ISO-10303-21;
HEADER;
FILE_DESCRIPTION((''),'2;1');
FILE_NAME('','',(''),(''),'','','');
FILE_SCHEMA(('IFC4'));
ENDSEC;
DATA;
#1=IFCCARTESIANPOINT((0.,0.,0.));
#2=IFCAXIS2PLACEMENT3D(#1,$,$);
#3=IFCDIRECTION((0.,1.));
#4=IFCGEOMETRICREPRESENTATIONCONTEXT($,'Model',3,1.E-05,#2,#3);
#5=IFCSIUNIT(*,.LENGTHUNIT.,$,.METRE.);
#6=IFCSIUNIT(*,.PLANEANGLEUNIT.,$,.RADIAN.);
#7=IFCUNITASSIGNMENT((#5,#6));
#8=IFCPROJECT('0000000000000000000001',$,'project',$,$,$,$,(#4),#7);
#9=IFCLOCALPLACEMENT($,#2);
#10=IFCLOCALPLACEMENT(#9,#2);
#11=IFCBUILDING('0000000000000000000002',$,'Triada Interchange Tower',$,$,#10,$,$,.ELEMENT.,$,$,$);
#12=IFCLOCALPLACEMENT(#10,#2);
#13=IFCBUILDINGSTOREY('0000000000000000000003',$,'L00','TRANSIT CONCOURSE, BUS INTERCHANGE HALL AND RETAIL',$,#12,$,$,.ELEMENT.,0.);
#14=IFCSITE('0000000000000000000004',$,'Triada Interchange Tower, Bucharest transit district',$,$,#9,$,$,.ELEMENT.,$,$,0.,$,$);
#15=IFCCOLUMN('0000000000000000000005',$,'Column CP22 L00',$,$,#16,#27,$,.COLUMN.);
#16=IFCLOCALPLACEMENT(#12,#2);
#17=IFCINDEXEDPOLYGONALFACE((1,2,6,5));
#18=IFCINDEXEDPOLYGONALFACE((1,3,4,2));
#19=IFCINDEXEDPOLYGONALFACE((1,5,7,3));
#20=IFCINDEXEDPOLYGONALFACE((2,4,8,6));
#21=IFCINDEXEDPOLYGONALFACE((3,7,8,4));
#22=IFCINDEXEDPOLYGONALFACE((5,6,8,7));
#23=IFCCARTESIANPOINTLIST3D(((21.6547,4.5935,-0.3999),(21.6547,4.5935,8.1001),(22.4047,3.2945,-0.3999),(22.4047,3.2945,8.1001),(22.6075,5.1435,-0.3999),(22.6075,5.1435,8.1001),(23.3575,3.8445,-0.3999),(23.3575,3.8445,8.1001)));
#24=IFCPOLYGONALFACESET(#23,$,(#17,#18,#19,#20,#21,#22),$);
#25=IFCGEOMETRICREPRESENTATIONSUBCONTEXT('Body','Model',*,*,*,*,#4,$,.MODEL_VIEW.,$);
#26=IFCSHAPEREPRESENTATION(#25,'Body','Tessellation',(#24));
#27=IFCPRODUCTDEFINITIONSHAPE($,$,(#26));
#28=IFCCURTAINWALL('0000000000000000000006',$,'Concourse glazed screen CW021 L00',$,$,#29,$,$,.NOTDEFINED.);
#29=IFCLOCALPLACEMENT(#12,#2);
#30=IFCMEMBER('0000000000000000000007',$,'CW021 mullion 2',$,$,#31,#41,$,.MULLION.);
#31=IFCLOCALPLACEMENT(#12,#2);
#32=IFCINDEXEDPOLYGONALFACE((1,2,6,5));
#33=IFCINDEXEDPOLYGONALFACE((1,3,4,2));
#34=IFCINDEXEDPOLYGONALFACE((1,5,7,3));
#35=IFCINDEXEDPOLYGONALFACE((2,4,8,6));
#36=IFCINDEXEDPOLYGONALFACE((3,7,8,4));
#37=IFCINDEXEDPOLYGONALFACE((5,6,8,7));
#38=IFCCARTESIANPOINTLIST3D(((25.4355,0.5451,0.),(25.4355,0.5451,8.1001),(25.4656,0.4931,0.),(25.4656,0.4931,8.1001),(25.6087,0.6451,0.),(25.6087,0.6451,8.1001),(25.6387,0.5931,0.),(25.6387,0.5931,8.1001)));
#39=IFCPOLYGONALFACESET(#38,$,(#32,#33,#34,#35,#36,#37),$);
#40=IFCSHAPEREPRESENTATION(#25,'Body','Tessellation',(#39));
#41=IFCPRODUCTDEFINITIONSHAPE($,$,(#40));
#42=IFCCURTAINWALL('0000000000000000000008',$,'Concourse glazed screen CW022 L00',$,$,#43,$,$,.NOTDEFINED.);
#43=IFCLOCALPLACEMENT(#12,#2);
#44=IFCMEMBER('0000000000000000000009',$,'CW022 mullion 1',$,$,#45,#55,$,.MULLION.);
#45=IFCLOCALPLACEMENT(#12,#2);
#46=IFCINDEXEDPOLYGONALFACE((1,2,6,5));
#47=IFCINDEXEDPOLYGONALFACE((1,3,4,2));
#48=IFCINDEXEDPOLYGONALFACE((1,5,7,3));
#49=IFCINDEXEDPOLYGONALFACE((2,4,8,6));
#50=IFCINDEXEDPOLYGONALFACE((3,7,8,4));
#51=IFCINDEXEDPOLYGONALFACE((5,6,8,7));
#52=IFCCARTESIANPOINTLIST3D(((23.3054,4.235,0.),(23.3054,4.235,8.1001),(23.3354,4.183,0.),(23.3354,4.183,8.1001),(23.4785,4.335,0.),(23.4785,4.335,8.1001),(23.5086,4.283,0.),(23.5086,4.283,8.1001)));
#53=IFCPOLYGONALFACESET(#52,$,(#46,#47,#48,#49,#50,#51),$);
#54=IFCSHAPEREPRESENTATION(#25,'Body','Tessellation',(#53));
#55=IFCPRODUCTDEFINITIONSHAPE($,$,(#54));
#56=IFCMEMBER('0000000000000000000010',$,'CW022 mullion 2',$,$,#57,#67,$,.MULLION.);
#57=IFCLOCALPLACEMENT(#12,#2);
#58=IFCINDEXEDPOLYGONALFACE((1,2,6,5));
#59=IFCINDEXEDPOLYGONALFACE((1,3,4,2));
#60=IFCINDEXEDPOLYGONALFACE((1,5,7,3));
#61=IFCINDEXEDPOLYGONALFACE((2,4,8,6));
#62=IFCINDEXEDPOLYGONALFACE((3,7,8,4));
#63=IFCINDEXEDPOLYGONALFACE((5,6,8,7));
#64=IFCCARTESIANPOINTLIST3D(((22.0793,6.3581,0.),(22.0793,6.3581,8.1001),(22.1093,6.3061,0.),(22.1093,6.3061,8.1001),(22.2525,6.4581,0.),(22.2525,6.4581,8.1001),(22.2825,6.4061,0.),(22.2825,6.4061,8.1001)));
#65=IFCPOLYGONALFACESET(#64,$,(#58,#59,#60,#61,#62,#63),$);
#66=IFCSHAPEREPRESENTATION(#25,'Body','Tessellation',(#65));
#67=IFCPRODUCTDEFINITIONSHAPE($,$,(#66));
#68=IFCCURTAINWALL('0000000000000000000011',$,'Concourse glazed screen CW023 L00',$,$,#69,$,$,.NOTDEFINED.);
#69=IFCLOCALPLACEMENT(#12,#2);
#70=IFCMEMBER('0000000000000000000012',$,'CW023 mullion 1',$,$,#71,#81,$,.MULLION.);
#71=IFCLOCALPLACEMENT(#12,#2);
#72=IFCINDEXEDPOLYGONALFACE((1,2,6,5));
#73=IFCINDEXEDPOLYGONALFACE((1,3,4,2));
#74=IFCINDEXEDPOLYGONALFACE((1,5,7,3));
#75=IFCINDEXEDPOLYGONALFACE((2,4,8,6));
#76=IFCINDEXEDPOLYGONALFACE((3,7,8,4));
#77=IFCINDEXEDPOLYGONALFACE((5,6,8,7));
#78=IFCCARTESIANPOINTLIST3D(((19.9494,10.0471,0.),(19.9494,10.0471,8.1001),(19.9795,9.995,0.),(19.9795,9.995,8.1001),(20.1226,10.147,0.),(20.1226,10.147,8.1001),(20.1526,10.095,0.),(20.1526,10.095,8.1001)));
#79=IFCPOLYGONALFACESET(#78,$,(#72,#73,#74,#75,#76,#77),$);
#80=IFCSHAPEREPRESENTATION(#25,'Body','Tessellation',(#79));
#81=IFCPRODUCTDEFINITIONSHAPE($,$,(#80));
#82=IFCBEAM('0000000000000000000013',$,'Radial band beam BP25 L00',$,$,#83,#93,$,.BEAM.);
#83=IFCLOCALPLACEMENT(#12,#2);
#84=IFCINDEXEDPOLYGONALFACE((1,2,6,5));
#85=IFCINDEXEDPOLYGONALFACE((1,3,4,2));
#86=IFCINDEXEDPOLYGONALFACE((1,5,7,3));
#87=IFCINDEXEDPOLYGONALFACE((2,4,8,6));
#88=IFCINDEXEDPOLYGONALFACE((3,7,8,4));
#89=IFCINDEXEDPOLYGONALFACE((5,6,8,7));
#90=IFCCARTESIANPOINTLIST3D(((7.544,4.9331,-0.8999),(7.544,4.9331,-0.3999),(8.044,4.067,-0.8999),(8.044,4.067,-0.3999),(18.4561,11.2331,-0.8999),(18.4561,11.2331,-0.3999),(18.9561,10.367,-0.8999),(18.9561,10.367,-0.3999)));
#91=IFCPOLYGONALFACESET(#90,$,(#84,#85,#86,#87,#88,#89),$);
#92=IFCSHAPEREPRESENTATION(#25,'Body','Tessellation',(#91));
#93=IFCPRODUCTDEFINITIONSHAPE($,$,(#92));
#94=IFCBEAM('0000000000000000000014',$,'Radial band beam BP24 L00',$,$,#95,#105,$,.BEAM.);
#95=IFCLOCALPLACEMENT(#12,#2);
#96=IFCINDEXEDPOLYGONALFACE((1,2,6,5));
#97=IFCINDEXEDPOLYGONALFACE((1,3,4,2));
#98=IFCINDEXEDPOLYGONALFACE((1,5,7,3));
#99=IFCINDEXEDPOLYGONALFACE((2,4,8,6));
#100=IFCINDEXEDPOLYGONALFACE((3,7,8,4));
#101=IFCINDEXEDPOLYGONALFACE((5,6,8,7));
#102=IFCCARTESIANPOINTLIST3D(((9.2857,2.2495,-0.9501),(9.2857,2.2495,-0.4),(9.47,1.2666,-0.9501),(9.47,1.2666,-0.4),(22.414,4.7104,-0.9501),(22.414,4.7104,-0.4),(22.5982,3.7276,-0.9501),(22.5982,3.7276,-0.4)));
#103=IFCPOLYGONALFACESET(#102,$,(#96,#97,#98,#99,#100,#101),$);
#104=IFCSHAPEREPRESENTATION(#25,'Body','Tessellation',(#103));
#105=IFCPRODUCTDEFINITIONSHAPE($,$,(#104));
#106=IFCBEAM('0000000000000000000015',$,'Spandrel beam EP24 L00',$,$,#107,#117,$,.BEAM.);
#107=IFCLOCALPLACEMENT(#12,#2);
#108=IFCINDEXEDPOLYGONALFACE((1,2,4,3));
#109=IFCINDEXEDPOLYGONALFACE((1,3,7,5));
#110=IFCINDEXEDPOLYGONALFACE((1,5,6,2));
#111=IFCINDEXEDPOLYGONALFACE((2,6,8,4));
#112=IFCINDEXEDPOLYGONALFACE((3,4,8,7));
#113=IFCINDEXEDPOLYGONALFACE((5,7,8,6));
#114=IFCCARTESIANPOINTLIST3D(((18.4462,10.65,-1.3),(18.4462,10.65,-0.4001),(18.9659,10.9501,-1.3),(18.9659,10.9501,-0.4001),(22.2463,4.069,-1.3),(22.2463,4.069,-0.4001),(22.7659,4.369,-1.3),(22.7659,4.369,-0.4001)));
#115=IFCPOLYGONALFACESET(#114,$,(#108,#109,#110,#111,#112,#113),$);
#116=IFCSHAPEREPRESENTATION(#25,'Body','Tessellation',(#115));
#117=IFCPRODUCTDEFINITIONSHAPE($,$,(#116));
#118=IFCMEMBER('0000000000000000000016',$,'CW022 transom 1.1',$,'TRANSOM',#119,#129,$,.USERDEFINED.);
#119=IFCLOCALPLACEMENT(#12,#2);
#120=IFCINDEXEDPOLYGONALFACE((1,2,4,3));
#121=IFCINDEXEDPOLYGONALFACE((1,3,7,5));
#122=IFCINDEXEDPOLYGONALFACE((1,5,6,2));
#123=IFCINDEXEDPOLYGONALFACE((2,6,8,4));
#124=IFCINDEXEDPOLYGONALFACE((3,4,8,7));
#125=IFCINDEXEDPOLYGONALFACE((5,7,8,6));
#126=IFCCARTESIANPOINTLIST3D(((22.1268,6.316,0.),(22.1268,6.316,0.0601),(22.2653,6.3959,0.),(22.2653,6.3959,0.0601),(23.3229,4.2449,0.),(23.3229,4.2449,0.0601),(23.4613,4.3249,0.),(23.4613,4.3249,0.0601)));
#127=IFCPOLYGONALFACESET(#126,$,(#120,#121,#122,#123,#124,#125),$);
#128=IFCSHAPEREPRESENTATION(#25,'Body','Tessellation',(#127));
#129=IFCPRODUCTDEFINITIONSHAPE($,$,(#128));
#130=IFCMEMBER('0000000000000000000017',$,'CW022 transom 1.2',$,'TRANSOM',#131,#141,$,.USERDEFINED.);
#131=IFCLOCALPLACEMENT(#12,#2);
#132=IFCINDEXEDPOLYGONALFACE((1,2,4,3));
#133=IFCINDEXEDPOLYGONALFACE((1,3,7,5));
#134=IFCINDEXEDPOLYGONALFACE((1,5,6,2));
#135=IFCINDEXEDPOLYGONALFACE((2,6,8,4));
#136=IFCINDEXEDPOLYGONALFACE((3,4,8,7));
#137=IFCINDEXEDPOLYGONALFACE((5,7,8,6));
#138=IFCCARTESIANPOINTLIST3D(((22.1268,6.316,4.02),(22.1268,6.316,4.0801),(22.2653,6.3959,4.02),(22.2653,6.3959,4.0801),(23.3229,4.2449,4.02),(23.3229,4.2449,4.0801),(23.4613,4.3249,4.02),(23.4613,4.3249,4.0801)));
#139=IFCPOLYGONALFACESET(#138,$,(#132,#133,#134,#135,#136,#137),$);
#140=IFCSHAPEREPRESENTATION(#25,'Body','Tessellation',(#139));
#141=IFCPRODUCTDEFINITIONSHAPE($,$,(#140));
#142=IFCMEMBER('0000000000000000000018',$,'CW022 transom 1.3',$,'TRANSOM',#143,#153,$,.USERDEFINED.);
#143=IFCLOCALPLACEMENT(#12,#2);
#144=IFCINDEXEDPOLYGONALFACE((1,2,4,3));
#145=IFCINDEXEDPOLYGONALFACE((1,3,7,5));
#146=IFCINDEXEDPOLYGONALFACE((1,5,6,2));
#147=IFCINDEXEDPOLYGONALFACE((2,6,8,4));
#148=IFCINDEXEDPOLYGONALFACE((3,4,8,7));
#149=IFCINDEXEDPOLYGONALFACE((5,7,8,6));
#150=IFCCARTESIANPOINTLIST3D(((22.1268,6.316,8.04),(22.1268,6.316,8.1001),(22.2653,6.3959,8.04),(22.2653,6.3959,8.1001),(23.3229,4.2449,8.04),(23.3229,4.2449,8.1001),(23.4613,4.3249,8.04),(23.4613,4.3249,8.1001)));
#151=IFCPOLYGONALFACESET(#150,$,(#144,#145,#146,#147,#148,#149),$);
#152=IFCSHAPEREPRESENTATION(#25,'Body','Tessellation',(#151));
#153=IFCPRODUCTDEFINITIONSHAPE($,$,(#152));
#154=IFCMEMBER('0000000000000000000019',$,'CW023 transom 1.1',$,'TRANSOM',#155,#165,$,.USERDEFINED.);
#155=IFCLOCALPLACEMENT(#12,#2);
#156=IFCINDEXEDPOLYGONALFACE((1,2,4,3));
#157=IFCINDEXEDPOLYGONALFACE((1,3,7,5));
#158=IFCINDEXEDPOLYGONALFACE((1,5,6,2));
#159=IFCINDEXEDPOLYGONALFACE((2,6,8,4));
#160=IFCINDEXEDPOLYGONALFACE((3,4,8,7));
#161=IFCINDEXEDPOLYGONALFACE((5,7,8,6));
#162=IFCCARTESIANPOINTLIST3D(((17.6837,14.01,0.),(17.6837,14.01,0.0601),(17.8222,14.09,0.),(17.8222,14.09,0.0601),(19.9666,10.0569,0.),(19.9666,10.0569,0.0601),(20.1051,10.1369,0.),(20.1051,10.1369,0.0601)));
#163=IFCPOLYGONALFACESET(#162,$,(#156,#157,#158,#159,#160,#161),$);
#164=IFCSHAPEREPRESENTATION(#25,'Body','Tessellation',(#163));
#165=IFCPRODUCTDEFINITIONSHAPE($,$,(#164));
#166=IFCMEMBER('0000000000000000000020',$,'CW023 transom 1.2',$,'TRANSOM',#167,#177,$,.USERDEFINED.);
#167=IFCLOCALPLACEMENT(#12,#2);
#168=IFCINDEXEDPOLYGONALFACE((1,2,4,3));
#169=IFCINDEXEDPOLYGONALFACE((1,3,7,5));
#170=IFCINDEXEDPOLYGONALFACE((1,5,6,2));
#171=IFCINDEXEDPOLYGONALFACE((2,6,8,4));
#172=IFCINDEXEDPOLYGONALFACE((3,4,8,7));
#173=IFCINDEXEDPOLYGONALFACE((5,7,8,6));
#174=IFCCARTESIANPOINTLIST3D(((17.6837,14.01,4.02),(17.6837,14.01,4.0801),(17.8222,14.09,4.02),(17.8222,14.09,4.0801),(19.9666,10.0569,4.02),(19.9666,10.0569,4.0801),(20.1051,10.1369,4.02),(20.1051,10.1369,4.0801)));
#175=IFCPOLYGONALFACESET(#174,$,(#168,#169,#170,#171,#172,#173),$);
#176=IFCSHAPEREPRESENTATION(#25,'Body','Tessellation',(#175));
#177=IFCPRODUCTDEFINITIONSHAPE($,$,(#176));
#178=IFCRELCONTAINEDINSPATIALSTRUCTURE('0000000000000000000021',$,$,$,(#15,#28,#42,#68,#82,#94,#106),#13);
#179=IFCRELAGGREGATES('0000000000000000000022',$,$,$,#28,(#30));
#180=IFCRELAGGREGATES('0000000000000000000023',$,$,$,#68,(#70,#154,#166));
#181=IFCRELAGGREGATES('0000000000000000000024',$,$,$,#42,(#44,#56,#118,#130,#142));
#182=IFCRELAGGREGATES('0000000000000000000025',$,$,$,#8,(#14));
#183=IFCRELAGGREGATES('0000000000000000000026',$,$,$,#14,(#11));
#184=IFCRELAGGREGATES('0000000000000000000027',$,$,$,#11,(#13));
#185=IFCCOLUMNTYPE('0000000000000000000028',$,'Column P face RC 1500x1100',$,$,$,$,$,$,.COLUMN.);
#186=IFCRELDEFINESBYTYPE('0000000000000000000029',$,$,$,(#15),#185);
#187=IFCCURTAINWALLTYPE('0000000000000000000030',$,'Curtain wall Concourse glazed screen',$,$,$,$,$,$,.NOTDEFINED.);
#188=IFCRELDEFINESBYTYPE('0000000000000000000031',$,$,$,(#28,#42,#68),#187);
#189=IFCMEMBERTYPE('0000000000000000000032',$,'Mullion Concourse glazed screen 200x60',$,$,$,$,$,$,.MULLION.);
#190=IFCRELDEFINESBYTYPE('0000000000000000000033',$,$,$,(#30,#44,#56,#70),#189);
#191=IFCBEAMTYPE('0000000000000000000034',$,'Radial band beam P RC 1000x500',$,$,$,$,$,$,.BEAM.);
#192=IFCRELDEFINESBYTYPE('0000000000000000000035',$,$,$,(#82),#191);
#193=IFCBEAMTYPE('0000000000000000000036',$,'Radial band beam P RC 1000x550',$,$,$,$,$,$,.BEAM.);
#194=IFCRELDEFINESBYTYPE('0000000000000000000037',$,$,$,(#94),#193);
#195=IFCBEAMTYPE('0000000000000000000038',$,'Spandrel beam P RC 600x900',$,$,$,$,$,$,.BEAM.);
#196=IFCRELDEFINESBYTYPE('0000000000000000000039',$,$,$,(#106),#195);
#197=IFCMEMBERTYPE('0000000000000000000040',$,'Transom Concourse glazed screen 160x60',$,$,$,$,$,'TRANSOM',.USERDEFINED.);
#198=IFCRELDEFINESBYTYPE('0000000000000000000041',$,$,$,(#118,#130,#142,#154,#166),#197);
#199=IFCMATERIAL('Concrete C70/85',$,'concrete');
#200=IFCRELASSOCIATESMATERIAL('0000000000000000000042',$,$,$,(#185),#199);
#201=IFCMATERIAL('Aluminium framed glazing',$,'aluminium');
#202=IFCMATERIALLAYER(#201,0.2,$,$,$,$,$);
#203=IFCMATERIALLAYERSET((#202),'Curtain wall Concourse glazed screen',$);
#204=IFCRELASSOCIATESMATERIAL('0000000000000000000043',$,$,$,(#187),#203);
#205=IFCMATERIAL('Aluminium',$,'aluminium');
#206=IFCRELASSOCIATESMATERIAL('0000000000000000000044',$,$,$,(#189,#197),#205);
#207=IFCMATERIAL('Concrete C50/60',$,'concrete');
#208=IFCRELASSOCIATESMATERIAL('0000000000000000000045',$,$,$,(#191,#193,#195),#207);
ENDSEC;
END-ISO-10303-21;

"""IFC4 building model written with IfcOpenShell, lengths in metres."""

from ifc_helpers import new_model, si_unit, direction, frame, origin, origin_2d, place, context, subcontext, project, spatial, rectangle, extrude, material, layer, layer_set, material_profile, profile_set, type_object, element, aggregate, save


model = new_model("IFC4")

# Units and contexts
model_context = context("Model", 3, precision=1e-05, world=origin(), true_north=direction((0.0, 1.0)))
body_context = subcontext(model_context, "Body", "Model", "MODEL_VIEW")
ifc_project = project(units=[si_unit("LENGTHUNIT", "METRE"), si_unit("PLANEANGLEUNIT", "RADIAN")], contexts=[model_context])

# Site, building, storey
site_placement = place(None, origin())
site = spatial("IfcSite", under=ifc_project, at=site_placement, Name="Triada Interchange Tower, Bucharest transit district", CompositionType="ELEMENT", RefElevation=0.0)
building_placement = place(site_placement, origin())
building = spatial("IfcBuilding", under=site, at=building_placement, Name="Triada Interchange Tower", CompositionType="ELEMENT")
storey_placement = place(building_placement, origin())
storey = spatial("IfcBuildingStorey", under=building, at=storey_placement, Name="L00", Description="TRANSIT CONCOURSE, BUS INTERCHANGE HALL AND RETAIL", CompositionType="ELEMENT", Elevation=0.0)

# Column
ifc_material_1 = material(Name="Concrete C70/85", Category="concrete")
ifc_material_profile_1 = material_profile(ifc_material_1, rectangle(XDim=1.5, YDim=1.1001, at=origin_2d()), Name="RC 1500x1100")
ifc_profile_set_1 = profile_set([ifc_material_profile_1], Name="Concrete C70/85")
column_type = type_object("IfcColumnType", Name="Column P face RC 1500x1100", PredefinedType="COLUMN", material=ifc_profile_set_1)
column_placement = place(storey_placement, frame((22.5061, 4.219, -0.3999), z_axis=(0.0, 0.0, 1.0), x_axis=(-0.5, 0.866025, 0.0)))
element("IfcColumn", 1, at=column_placement, inside=storey, type_object=column_type, Name="Column CP22 L00", PredefinedType="COLUMN", context=body_context, shape_type="SweptSolid", body=[
    extrude(rectangle(XDim=1.5, YDim=1.1001, at=origin_2d()), origin(), (0.0, 0.0, 1.0), 8.5),
])

# Curtain wall, member
ifc_material_2 = material(Name="Aluminium framed glazing", Category="aluminium")
ifc_layer_1 = layer(ifc_material_2, 0.2)
ifc_layer_set_1 = layer_set([ifc_layer_1], Name="Curtain wall Concourse glazed screen")
curtain_wall_type = type_object("IfcCurtainWallType", Name="Curtain wall Concourse glazed screen", PredefinedType="NOTDEFINED", material=ifc_layer_set_1)
curtain_wall_1_placement = place(storey_placement, origin())
curtain_wall_1 = element("IfcCurtainWall", 2, at=curtain_wall_1_placement, inside=storey, type_object=curtain_wall_type, Name="Concourse glazed screen CW021 L00", PredefinedType="NOTDEFINED")
ifc_material_3 = material(Name="Aluminium", Category="aluminium")
ifc_material_profile_2 = material_profile(ifc_material_3, rectangle(XDim=0.2, YDim=0.0601, at=origin_2d()), Name="Aluminium mullion")
ifc_profile_set_2 = profile_set([ifc_material_profile_2], Name="Aluminium")
member_type_1 = type_object("IfcMemberType", Name="Mullion Concourse glazed screen 200x60", PredefinedType="MULLION", material=ifc_profile_set_2)
member_1_placement = place(storey_placement, frame((25.5371, 0.5691, 0.0), z_axis=(0.0, 0.0, 1.0), x_axis=(-0.865973, -0.500091, 0.0)))
member_1 = element("IfcMember", 3, at=member_1_placement, type_object=member_type_1, Name="CW021 mullion 2", PredefinedType="MULLION", context=body_context, shape_type="SweptSolid", body=[
    extrude(rectangle(XDim=0.2, YDim=0.0601, at=origin_2d()), origin(), (0.0, 0.0, 1.0), 8.1001),
])
aggregate(curtain_wall_1, [member_1])

# Curtain wall, members
curtain_wall_2_placement = place(storey_placement, origin())
curtain_wall_2 = element("IfcCurtainWall", 4, at=curtain_wall_2_placement, inside=storey, type_object=curtain_wall_type, Name="Concourse glazed screen CW022 L00", PredefinedType="NOTDEFINED")
member_2_placement = place(storey_placement, frame((23.407, 4.259, 0.0), z_axis=(0.0, 0.0, 1.0), x_axis=(-0.86598, -0.500079, 0.0)))
member_2 = element("IfcMember", 5, at=member_2_placement, type_object=member_type_1, Name="CW022 mullion 1", PredefinedType="MULLION", context=body_context, shape_type="SweptSolid", body=[
    extrude(rectangle(XDim=0.2, YDim=0.0601, at=origin_2d()), origin(), (0.0, 0.0, 1.0), 8.1001),
])
member_3_placement = place(storey_placement, frame((22.1809, 6.3821, 0.0), z_axis=(0.0, 0.0, 1.0), x_axis=(-0.86598, -0.500079, 0.0)))
member_3 = element("IfcMember", 6, at=member_3_placement, type_object=member_type_1, Name="CW022 mullion 2", PredefinedType="MULLION", context=body_context, shape_type="SweptSolid", body=[
    extrude(rectangle(XDim=0.2, YDim=0.0601, at=origin_2d()), origin(), (0.0, 0.0, 1.0), 8.1001),
])

# Curtain wall, member
curtain_wall_3_placement = place(storey_placement, origin())
curtain_wall_3 = element("IfcCurtainWall", 7, at=curtain_wall_3_placement, inside=storey, type_object=curtain_wall_type, Name="Concourse glazed screen CW023 L00", PredefinedType="NOTDEFINED")
member_4_placement = place(storey_placement, frame((20.051, 10.071, 0.0), z_axis=(0.0, 0.0, 1.0), x_axis=(-0.865962, -0.50011, 0.0)))
member_4 = element("IfcMember", 8, at=member_4_placement, type_object=member_type_1, Name="CW023 mullion 1", PredefinedType="MULLION", context=body_context, shape_type="SweptSolid", body=[
    extrude(rectangle(XDim=0.2, YDim=0.0601, at=origin_2d()), origin(), (0.0, 0.0, 1.0), 8.1001),
])

# Beams
ifc_material_4 = material(Name="Concrete C50/60", Category="concrete")
ifc_material_profile_3 = material_profile(ifc_material_4, rectangle(XDim=1.0, YDim=0.5, at=origin_2d()), Name="RC 1000x500")
ifc_profile_set_3 = profile_set([ifc_material_profile_3], Name="Concrete C50/60")
beam_type_1 = type_object("IfcBeamType", Name="Radial band beam P RC 1000x500", PredefinedType="BEAM", material=ifc_profile_set_3)
beam_1_placement = place(storey_placement, frame((18.7061, 10.8, -0.6499), z_axis=(-0.866027, -0.499996, 0.0), x_axis=(0.499996, -0.866027, 0.0)))
element("IfcBeam", 9, at=beam_1_placement, inside=storey, type_object=beam_type_1, Name="Radial band beam BP25 L00", PredefinedType="BEAM", context=body_context, shape_type="SweptSolid", body=[
    extrude(rectangle(XDim=1.0, YDim=0.5, at=origin_2d()), origin(), (0.0, 0.0, 1.0), 12.6001),
])
ifc_material_profile_4 = material_profile(ifc_material_4, rectangle(XDim=1.0, YDim=0.55, at=origin_2d()), Name="RC 1000x550")
ifc_profile_set_4 = profile_set([ifc_material_profile_4], Name="Concrete C50/60")
beam_type_2 = type_object("IfcBeamType", Name="Radial band beam P RC 1000x550", PredefinedType="BEAM", material=ifc_profile_set_4)
beam_2_placement = place(storey_placement, frame((22.5061, 4.219, -0.675), z_axis=(-0.98288, -0.184245, 0.0), x_axis=(0.184245, -0.98288, 0.0)))
element("IfcBeam", 10, at=beam_2_placement, inside=storey, type_object=beam_type_2, Name="Radial band beam BP24 L00", PredefinedType="BEAM", context=body_context, shape_type="SweptSolid", body=[
    extrude(rectangle(XDim=1.0, YDim=0.55, at=origin_2d()), origin(), (0.0, 0.0, 1.0), 13.3569),
])
ifc_material_profile_5 = material_profile(ifc_material_4, rectangle(XDim=0.6001, YDim=0.8999, at=origin_2d()), Name="RC 600x900")
ifc_profile_set_5 = profile_set([ifc_material_profile_5], Name="Concrete C50/60")
beam_type_3 = type_object("IfcBeamType", Name="Spandrel beam P RC 600x900", PredefinedType="BEAM", material=ifc_profile_set_5)
beam_3_placement = place(storey_placement, frame((22.5061, 4.219, -0.8501), z_axis=(-0.500047, 0.865998, 0.0), x_axis=(-0.865998, -0.500047, 0.0)))
element("IfcBeam", 11, at=beam_3_placement, inside=storey, type_object=beam_type_3, Name="Spandrel beam EP24 L00", PredefinedType="BEAM", context=body_context, shape_type="SweptSolid", body=[
    extrude(rectangle(XDim=0.6001, YDim=0.8999, at=origin_2d()), origin(), (0.0, 0.0, 1.0), 7.5994),
])

# Members
ifc_material_profile_6 = material_profile(ifc_material_3, rectangle(XDim=0.1599, YDim=0.0601, at=origin_2d()), Name="Aluminium transom")
ifc_profile_set_6 = profile_set([ifc_material_profile_6], Name="Aluminium")
member_type_2 = type_object("IfcMemberType", Name="Transom Concourse glazed screen 160x60", ElementType="TRANSOM", PredefinedType="USERDEFINED", material=ifc_profile_set_6)
member_5_placement = place(storey_placement, frame((23.3921, 4.2849, 0.03), z_axis=(-0.500102, 0.865966, 0.0), x_axis=(-0.865966, -0.500102, 0.0)))
member_5 = element("IfcMember", 12, at=member_5_placement, type_object=member_type_2, Name="CW022 transom 1.1", ObjectType="TRANSOM", PredefinedType="USERDEFINED", context=body_context, shape_type="SweptSolid", body=[
    extrude(rectangle(XDim=0.1599, YDim=0.0601, at=origin_2d()), origin(), (0.0, 0.0, 1.0), 2.3916),
])
member_6_placement = place(storey_placement, frame((23.3921, 4.2849, 4.05), z_axis=(-0.500102, 0.865966, 0.0), x_axis=(-0.865966, -0.500102, 0.0)))
member_6 = element("IfcMember", 13, at=member_6_placement, type_object=member_type_2, Name="CW022 transom 1.2", ObjectType="TRANSOM", PredefinedType="USERDEFINED", context=body_context, shape_type="SweptSolid", body=[
    extrude(rectangle(XDim=0.1599, YDim=0.0601, at=origin_2d()), origin(), (0.0, 0.0, 1.0), 2.3916),
])
member_7_placement = place(storey_placement, frame((23.3921, 4.2849, 8.0701), z_axis=(-0.500102, 0.865966, 0.0), x_axis=(-0.865966, -0.500102, 0.0)))
member_7 = element("IfcMember", 14, at=member_7_placement, type_object=member_type_2, Name="CW022 transom 1.3", ObjectType="TRANSOM", PredefinedType="USERDEFINED", context=body_context, shape_type="SweptSolid", body=[
    extrude(rectangle(XDim=0.1599, YDim=0.0601, at=origin_2d()), origin(), (0.0, 0.0, 1.0), 2.3916),
])
member_8_placement = place(storey_placement, frame((20.0359, 10.0969, 0.03), z_axis=(-0.500102, 0.865966, 0.0), x_axis=(-0.865966, -0.500102, 0.0)))
member_8 = element("IfcMember", 15, at=member_8_placement, type_object=member_type_2, Name="CW023 transom 1.1", ObjectType="TRANSOM", PredefinedType="USERDEFINED", context=body_context, shape_type="SweptSolid", body=[
    extrude(rectangle(XDim=0.1599, YDim=0.0601, at=origin_2d()), origin(), (0.0, 0.0, 1.0), 4.5649),
])
member_9_placement = place(storey_placement, frame((20.0359, 10.0969, 4.05), z_axis=(-0.500102, 0.865966, 0.0), x_axis=(-0.865966, -0.500102, 0.0)))
member_9 = element("IfcMember", 16, at=member_9_placement, type_object=member_type_2, Name="CW023 transom 1.2", ObjectType="TRANSOM", PredefinedType="USERDEFINED", context=body_context, shape_type="SweptSolid", body=[
    extrude(rectangle(XDim=0.1599, YDim=0.0601, at=origin_2d()), origin(), (0.0, 0.0, 1.0), 4.5649),
])
aggregate(curtain_wall_3, [member_4, member_8, member_9])

aggregate(curtain_wall_2, [member_2, member_3, member_5, member_6, member_7])

save(model, "model.ifc")
